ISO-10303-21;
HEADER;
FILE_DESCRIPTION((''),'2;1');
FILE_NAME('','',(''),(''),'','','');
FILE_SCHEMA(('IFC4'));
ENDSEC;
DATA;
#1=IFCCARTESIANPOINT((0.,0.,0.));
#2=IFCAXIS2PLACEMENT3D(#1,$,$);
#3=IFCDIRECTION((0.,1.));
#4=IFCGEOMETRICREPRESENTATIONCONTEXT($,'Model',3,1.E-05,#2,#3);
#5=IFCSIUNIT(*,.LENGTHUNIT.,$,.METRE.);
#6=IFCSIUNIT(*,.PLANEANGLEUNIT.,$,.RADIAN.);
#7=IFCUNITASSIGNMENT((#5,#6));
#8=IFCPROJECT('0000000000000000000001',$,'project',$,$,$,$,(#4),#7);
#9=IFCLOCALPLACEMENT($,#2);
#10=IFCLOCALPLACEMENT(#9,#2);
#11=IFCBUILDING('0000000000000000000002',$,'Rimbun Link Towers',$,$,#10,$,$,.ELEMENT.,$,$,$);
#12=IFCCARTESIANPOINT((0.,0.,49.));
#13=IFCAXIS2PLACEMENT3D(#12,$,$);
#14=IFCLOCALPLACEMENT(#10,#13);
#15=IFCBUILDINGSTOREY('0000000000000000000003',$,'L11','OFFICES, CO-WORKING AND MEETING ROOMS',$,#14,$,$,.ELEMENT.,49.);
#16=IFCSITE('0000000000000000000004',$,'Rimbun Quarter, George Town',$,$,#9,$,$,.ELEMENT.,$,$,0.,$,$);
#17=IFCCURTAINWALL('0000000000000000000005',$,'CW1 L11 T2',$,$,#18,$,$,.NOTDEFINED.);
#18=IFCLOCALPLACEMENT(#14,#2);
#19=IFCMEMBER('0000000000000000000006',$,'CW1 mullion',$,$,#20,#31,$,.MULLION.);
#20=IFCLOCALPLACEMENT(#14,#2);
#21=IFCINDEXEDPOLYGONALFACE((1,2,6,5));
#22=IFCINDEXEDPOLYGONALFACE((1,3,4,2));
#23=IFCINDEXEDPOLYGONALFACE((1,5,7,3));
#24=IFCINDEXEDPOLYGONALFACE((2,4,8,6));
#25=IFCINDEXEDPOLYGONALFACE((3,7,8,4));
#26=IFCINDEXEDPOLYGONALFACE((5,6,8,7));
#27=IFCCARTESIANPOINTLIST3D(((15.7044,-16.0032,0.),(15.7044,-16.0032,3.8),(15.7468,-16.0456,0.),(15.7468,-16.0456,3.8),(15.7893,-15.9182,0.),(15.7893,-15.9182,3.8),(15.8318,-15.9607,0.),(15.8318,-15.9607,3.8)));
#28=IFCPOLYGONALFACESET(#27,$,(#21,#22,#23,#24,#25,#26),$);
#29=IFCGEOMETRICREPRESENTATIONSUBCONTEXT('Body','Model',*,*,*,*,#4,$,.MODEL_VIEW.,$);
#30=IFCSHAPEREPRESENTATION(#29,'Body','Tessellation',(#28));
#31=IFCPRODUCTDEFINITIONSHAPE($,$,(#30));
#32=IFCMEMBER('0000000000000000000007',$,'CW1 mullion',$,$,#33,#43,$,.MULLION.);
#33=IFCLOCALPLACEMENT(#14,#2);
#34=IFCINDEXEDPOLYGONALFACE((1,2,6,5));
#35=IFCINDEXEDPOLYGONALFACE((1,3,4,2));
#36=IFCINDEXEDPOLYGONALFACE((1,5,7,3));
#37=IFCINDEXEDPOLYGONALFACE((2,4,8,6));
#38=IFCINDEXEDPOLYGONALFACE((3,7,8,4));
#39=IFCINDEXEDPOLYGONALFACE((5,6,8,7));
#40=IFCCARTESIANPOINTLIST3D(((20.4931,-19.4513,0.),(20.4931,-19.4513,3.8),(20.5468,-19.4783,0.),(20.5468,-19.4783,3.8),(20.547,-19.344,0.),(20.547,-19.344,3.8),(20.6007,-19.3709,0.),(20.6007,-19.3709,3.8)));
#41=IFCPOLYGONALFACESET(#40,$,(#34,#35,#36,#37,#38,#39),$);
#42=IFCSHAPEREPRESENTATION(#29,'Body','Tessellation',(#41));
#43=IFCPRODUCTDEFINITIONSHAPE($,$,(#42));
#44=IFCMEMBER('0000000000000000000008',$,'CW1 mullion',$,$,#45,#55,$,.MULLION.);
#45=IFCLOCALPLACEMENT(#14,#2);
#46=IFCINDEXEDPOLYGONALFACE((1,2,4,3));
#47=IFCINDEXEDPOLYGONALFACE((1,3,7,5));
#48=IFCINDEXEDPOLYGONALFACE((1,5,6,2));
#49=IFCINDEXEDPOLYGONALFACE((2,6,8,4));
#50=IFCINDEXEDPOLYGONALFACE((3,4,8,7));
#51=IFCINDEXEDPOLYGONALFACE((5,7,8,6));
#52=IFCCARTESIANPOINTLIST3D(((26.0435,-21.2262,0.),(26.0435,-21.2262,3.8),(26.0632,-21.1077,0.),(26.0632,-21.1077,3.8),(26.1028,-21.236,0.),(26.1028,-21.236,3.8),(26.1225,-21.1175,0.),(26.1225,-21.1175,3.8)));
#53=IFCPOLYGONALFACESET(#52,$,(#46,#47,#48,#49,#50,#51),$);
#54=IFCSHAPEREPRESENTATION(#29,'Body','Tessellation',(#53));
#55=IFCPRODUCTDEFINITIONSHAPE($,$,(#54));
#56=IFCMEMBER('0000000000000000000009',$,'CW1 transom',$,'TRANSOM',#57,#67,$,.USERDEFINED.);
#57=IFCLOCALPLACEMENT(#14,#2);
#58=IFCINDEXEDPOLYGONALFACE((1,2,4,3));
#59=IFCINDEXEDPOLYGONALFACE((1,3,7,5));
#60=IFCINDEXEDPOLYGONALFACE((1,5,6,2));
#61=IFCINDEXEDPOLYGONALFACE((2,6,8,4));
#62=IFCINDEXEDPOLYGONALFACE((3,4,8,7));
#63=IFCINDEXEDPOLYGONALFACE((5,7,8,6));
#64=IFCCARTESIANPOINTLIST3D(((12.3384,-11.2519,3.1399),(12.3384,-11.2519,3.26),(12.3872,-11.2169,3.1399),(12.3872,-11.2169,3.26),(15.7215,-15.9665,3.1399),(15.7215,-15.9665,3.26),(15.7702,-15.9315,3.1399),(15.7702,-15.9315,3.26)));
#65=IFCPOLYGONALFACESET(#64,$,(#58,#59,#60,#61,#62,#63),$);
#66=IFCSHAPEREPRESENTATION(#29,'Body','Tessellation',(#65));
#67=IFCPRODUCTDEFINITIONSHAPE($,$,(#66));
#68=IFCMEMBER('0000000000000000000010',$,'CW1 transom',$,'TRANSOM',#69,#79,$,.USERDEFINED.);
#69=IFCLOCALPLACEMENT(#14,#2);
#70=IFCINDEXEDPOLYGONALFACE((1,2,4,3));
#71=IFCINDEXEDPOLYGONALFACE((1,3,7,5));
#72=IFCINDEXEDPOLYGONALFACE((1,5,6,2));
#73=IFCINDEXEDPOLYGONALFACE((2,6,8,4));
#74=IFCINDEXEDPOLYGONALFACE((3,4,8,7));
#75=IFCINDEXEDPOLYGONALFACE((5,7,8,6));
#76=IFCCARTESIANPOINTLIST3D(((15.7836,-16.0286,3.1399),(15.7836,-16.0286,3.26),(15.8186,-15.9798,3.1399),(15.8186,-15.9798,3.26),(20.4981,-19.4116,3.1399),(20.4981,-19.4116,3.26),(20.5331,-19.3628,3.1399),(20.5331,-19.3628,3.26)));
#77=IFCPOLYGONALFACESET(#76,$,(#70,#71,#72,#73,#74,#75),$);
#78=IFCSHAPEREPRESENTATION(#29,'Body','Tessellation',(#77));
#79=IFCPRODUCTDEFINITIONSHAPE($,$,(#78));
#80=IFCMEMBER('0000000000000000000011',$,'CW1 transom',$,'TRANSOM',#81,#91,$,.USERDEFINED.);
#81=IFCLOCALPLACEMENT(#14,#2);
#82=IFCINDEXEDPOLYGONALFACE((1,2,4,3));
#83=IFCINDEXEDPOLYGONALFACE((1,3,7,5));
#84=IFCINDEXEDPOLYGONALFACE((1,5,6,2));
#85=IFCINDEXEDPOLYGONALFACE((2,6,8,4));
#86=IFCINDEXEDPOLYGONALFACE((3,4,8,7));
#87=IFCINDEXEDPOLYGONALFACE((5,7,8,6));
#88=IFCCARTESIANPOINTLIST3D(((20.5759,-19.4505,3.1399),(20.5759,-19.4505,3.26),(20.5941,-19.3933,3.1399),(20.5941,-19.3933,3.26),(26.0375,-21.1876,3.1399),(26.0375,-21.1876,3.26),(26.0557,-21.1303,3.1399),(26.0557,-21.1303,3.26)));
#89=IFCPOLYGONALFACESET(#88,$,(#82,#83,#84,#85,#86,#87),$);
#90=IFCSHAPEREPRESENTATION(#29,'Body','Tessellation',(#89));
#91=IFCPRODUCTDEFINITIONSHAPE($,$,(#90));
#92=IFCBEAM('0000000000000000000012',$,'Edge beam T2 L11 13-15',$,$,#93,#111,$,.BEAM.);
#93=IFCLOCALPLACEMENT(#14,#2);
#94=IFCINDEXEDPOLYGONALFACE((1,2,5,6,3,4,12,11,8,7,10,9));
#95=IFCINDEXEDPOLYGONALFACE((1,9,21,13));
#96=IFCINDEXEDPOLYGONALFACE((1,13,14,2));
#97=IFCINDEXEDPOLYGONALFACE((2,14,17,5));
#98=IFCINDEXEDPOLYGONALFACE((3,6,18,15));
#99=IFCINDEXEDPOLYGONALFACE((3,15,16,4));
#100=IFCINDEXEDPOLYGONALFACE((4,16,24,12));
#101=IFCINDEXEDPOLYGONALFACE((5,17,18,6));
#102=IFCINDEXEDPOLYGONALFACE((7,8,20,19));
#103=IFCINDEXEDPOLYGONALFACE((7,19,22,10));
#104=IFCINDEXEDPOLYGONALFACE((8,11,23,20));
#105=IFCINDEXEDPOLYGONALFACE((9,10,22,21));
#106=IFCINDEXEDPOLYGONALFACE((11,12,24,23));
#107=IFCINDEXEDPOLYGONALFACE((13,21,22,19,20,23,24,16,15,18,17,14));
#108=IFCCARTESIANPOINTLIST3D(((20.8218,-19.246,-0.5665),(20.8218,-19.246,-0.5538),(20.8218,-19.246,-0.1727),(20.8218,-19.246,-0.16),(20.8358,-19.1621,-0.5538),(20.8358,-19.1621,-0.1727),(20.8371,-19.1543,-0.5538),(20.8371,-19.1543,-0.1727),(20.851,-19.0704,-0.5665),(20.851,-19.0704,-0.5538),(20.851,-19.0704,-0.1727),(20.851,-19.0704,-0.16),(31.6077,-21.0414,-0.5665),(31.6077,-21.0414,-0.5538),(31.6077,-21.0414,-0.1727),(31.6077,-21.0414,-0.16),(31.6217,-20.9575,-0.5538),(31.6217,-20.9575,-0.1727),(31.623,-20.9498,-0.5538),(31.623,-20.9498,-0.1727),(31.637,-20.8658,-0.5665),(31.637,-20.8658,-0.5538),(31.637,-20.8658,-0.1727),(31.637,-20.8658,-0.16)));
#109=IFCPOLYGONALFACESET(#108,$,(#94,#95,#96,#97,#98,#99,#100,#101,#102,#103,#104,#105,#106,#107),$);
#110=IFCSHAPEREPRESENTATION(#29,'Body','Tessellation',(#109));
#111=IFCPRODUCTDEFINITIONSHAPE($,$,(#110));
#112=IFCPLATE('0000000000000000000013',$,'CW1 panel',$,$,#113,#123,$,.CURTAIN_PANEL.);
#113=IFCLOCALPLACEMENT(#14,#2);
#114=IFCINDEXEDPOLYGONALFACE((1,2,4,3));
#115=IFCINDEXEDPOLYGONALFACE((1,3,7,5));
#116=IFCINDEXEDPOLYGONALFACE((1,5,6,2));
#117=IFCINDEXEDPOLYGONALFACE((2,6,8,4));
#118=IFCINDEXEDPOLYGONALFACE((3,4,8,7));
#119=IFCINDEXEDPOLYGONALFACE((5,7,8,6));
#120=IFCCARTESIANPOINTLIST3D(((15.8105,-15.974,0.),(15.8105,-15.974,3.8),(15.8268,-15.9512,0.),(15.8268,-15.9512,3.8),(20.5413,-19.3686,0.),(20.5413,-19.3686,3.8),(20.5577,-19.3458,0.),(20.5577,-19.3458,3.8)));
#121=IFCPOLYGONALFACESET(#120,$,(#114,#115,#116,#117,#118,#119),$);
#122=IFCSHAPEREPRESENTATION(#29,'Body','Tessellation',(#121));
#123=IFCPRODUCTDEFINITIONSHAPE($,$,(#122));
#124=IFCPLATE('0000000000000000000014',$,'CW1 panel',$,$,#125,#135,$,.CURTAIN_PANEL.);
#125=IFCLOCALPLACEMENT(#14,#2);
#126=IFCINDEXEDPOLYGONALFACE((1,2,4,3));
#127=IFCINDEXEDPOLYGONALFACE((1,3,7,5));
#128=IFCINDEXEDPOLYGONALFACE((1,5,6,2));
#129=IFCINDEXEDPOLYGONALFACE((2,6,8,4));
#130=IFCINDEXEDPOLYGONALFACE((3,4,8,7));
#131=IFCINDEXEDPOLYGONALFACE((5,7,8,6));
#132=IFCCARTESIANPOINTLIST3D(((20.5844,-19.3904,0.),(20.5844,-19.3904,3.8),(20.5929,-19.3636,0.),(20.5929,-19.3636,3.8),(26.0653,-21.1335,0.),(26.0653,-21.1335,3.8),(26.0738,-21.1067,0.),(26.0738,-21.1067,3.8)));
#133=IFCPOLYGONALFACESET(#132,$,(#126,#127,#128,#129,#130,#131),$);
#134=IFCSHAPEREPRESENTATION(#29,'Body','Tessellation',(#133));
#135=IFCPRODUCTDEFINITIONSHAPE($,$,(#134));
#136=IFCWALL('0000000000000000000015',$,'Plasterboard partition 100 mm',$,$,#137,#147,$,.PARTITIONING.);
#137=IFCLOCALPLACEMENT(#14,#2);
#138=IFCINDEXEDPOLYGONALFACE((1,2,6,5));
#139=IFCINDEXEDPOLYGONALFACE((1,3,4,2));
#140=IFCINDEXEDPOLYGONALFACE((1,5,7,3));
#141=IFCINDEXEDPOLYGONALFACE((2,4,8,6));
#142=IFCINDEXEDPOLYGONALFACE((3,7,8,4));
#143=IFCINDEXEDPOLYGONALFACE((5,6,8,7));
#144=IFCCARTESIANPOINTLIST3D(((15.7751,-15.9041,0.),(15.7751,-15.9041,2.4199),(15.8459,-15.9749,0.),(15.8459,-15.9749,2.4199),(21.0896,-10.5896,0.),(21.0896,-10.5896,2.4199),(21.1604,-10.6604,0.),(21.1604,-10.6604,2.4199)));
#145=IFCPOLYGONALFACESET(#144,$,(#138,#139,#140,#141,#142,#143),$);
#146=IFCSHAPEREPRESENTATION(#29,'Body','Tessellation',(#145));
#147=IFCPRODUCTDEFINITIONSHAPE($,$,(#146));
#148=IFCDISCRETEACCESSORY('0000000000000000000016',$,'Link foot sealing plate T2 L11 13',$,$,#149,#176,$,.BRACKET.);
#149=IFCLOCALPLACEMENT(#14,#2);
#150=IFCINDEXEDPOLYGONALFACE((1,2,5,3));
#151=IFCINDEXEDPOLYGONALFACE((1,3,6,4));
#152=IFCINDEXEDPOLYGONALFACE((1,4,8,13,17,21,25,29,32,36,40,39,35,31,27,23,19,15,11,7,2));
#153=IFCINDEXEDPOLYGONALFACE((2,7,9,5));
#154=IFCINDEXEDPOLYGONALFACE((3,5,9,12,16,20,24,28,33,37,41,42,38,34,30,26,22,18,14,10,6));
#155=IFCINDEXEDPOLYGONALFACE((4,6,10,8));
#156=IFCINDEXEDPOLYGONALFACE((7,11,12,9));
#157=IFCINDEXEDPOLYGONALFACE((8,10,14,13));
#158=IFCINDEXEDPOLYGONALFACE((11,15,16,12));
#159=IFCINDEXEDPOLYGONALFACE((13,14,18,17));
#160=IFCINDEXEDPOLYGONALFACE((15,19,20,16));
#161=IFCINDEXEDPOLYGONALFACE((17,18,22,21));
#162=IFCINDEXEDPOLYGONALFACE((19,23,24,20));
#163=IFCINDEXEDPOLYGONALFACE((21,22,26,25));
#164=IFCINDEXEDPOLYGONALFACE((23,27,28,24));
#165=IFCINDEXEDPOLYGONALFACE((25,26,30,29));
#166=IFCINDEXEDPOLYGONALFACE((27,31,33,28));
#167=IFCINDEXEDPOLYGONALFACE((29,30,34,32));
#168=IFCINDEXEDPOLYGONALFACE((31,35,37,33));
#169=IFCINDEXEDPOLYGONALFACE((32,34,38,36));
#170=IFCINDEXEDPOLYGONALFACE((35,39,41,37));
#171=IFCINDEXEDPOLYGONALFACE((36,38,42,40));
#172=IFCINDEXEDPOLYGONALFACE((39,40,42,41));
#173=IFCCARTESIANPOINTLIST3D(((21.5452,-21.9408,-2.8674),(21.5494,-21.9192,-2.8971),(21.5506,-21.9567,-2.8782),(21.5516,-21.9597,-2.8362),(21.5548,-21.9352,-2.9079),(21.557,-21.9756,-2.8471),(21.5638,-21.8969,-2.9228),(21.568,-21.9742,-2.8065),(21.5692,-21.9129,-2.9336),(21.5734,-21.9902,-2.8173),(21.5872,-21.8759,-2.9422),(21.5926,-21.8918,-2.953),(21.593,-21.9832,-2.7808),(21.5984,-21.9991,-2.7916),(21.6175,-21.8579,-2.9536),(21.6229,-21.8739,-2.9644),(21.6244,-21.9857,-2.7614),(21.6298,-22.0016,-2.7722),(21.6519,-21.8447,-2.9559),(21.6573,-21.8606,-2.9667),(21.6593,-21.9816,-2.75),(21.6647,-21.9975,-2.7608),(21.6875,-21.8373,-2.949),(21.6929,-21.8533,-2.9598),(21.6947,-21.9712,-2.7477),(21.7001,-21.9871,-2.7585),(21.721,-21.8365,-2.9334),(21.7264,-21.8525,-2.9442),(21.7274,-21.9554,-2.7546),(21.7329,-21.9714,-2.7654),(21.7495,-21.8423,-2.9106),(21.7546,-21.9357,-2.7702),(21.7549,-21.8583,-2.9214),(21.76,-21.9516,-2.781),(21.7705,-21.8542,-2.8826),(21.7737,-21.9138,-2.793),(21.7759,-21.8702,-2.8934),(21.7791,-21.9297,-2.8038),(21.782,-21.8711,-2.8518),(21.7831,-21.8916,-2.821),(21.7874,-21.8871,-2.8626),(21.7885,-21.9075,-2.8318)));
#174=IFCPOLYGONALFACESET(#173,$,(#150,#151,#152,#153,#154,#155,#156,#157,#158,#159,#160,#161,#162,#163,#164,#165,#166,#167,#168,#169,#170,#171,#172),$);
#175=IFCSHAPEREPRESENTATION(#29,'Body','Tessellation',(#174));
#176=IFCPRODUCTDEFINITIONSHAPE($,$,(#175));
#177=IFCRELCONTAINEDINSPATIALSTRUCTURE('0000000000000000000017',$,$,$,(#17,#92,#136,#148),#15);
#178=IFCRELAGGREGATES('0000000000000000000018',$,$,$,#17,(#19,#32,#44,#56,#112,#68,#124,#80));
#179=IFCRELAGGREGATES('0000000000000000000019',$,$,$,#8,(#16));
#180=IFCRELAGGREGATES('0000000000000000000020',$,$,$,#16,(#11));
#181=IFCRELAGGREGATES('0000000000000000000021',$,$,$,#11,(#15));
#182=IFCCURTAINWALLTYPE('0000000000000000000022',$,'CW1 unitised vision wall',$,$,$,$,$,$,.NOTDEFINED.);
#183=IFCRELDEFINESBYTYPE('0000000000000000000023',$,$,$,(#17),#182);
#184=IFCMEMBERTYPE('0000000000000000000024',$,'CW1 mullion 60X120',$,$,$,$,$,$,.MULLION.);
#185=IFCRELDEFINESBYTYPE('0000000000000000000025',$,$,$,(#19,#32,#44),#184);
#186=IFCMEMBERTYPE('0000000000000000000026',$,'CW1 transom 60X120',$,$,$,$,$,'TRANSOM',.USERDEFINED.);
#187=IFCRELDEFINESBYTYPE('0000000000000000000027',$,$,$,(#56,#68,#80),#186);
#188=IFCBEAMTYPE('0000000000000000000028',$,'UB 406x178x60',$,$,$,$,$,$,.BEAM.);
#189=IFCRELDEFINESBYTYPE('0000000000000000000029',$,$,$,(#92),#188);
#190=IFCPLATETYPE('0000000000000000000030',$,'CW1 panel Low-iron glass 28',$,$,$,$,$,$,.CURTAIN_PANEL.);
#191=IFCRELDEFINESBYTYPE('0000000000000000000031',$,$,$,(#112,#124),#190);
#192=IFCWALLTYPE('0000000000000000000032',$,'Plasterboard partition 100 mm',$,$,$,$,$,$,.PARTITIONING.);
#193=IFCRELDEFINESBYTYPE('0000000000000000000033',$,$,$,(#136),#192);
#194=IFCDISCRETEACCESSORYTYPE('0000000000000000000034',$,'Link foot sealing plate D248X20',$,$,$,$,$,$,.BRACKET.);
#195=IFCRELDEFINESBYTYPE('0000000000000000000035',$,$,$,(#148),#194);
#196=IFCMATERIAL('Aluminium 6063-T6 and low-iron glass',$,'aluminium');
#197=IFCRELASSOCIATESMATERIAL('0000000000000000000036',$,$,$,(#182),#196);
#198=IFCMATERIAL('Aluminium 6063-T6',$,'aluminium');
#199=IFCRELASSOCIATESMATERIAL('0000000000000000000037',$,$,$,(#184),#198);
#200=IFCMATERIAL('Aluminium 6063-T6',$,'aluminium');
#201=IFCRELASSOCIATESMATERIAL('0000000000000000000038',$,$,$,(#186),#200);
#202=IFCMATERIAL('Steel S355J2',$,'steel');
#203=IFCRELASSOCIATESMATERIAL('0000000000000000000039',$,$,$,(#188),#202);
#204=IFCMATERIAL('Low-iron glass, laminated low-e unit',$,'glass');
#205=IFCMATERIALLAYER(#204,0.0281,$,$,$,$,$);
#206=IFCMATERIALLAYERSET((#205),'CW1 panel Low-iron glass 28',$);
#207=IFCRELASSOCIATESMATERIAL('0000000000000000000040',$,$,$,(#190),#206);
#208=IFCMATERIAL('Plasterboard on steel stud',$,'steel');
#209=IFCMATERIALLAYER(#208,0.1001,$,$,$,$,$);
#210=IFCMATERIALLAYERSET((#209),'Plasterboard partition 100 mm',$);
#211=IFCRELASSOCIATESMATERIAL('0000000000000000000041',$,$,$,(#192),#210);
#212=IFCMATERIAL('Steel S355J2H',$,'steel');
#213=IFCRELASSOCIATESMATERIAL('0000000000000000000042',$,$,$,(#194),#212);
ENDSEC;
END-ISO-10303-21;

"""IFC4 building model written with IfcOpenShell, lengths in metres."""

from ifc_helpers import new_model, si_unit, direction, frame, frame_2d, origin, origin_2d, place, context, subcontext, project, spatial, rectangle, circle, i_section, extrude, material, layer, layer_set, material_profile, profile_set, type_object, element, aggregate, save


model = new_model("IFC4")

# Units and contexts
model_context = context("Model", 3, precision=1e-05, world=origin(), true_north=direction((0.0, 1.0)))
body_context = subcontext(model_context, "Body", "Model", "MODEL_VIEW")
ifc_project = project(units=[si_unit("LENGTHUNIT", "METRE"), si_unit("PLANEANGLEUNIT", "RADIAN")], contexts=[model_context])

# Site, building, storey
site_placement = place(None, origin())
site = spatial("IfcSite", under=ifc_project, at=site_placement, Name="Rimbun Quarter, George Town", CompositionType="ELEMENT", RefElevation=0.0)
building_placement = place(site_placement, origin())
building = spatial("IfcBuilding", under=site, at=building_placement, Name="Rimbun Link Towers", CompositionType="ELEMENT")
storey_placement = place(building_placement, frame((0.0, 0.0, 49.0)))
storey = spatial("IfcBuildingStorey", under=building, at=storey_placement, Name="L11", Description="OFFICES, CO-WORKING AND MEETING ROOMS", CompositionType="ELEMENT", Elevation=49.0)

# Curtain wall, members
ifc_material_1 = material(Name="Aluminium 6063-T6 and low-iron glass", Category="aluminium")
curtain_wall_type = type_object("IfcCurtainWallType", Name="CW1 unitised vision wall", PredefinedType="NOTDEFINED", material=ifc_material_1)
curtain_wall_placement = place(storey_placement, origin())
curtain_wall = element("IfcCurtainWall", 1, at=curtain_wall_placement, inside=storey, type_object=curtain_wall_type, Name="CW1 L11 T2", PredefinedType="NOTDEFINED")
ifc_material_2 = material(Name="Aluminium 6063-T6", Category="aluminium")
ifc_material_profile_1 = material_profile(ifc_material_2, rectangle(XDim=0.1201, YDim=0.0601, at=origin_2d()), Name="MULLION 60X120")
ifc_profile_set_1 = profile_set([ifc_material_profile_1], Name="Aluminium 6063-T6")
member_type_1 = type_object("IfcMemberType", Name="CW1 mullion 60X120", PredefinedType="MULLION", material=ifc_profile_set_1)
member_1_placement = place(storey_placement, frame((15.7681, -15.9819, 0.0), z_axis=(0.0, 0.0, 1.0), x_axis=(-0.707107, -0.707107, 0.0)))
member_1 = element("IfcMember", 2, at=member_1_placement, type_object=member_type_1, Name="CW1 mullion", PredefinedType="MULLION", context=body_context, shape_type="SweptSolid", body=[
    extrude(rectangle(XDim=0.1201, YDim=0.0601, at=origin_2d()), origin(), (0.0, 0.0, 1.0), 3.8),
])
member_2_placement = place(storey_placement, frame((20.5469, -19.4111, 0.0), z_axis=(0.0, 0.0, 1.0), x_axis=(-0.448568, -0.893749, 0.0)))
member_2 = element("IfcMember", 3, at=member_2_placement, type_object=member_type_1, Name="CW1 mullion", PredefinedType="MULLION", context=body_context, shape_type="SweptSolid", body=[
    extrude(rectangle(XDim=0.1201, YDim=0.0601, at=origin_2d()), origin(), (0.0, 0.0, 1.0), 3.8),
])
member_3_placement = place(storey_placement, frame((26.083, -21.1719, 0.0), z_axis=(0.0, 0.0, 1.0), x_axis=(-0.16375, -0.986502, 0.0)))
member_3 = element("IfcMember", 4, at=member_3_placement, type_object=member_type_1, Name="CW1 mullion", PredefinedType="MULLION", context=body_context, shape_type="SweptSolid", body=[
    extrude(rectangle(XDim=0.1201, YDim=0.0601, at=origin_2d()), origin(), (0.0, 0.0, 1.0), 3.8),
])
ifc_material_3 = material(Name="Aluminium 6063-T6", Category="aluminium")
ifc_material_profile_2 = material_profile(ifc_material_3, rectangle(XDim=0.0601, YDim=0.1201, at=origin_2d()), Name="TRANSOM 60X120")
ifc_profile_set_2 = profile_set([ifc_material_profile_2], Name="Aluminium 6063-T6")
member_type_2 = type_object("IfcMemberType", Name="CW1 transom 60X120", ElementType="TRANSOM", PredefinedType="USERDEFINED", material=ifc_profile_set_2)
member_4_placement = place(storey_placement, frame((15.7458, -15.949, 3.2), z_axis=(-0.583004, 0.812469, 0.0), x_axis=(-0.812469, -0.583004, 0.0)))
member_4 = element("IfcMember", 5, at=member_4_placement, type_object=member_type_2, Name="CW1 transom", ObjectType="TRANSOM", PredefinedType="USERDEFINED", context=body_context, shape_type="SweptSolid", body=[
    extrude(rectangle(XDim=0.0601, YDim=0.1201, at=origin_2d()), origin(), (0.0, 0.0, 1.0), 5.8027),
])
member_5_placement = place(storey_placement, frame((20.5156, -19.3872, 3.2), z_axis=(-0.812469, 0.583004, 0.0), x_axis=(-0.583004, -0.812469, 0.0)))
member_5 = element("IfcMember", 6, at=member_5_placement, type_object=member_type_2, Name="CW1 transom", ObjectType="TRANSOM", PredefinedType="USERDEFINED", context=body_context, shape_type="SweptSolid", body=[
    extrude(rectangle(XDim=0.0601, YDim=0.1201, at=origin_2d()), origin(), (0.0, 0.0, 1.0), 5.8027),
])
member_6_placement = place(storey_placement, frame((26.0466, -21.1589, 3.2), z_axis=(-0.952963, 0.303086, 0.0), x_axis=(-0.303086, -0.952963, 0.0)))
member_6 = element("IfcMember", 7, at=member_6_placement, type_object=member_type_2, Name="CW1 transom", ObjectType="TRANSOM", PredefinedType="USERDEFINED", context=body_context, shape_type="SweptSolid", body=[
    extrude(rectangle(XDim=0.0601, YDim=0.1201, at=origin_2d()), origin(), (0.0, 0.0, 1.0), 5.7312),
])

# Beam
ifc_material_4 = material(Name="Steel S355J2", Category="steel")
ifc_material_profile_3 = material_profile(ifc_material_4, i_section(OverallWidth=0.178, OverallDepth=0.4065, WebThickness=0.0078, FlangeThickness=0.0127, at=origin_2d()), Name="UB 406x178x60")
ifc_profile_set_3 = profile_set([ifc_material_profile_3], Name="Steel S355J2")
beam_type = type_object("IfcBeamType", Name="UB 406x178x60", PredefinedType="BEAM", material=ifc_profile_set_3)
beam_placement = place(storey_placement, frame((20.8364, -19.1582, -0.3633), z_axis=(0.986427, -0.1642, 0.0), x_axis=(0.1642, 0.986427, 0.0)))
element("IfcBeam", 8, at=beam_placement, inside=storey, type_object=beam_type, Name="Edge beam T2 L11 13-15", PredefinedType="BEAM", context=body_context, shape_type="SweptSolid", body=[
    extrude(i_section(OverallWidth=0.178, OverallDepth=0.4065, WebThickness=0.0078, FlangeThickness=0.0127, at=origin_2d()), origin(), (0.0, 0.0, 1.0), 10.9343),
])

# Plates
ifc_material_5 = material(Name="Low-iron glass, laminated low-e unit", Category="glass")
ifc_layer_1 = layer(ifc_material_5, 0.0281)
ifc_layer_set_1 = layer_set([ifc_layer_1], Name="CW1 panel Low-iron glass 28")
plate_type = type_object("IfcPlateType", Name="CW1 panel Low-iron glass 28", PredefinedType="CURTAIN_PANEL", material=ifc_layer_set_1)
plate_1_placement = place(storey_placement, frame((18.1841, -17.6599, 0.0), z_axis=(0.0, 0.0, 1.0), x_axis=(-0.812475, 0.582996, 0.0)))
plate_1 = element("IfcPlate", 9, at=plate_1_placement, type_object=plate_type, Name="CW1 panel", PredefinedType="CURTAIN_PANEL", context=body_context, shape_type="SweptSolid", body=[
    extrude(rectangle(XDim=5.8228, YDim=0.0281, at=origin_2d()), origin(), (0.0, 0.0, 1.0), 3.8),
])
plate_2_placement = place(storey_placement, frame((23.3291, -20.2485, 0.0), z_axis=(0.0, 0.0, 1.0), x_axis=(-0.952968, 0.303071, 0.0)))
plate_2 = element("IfcPlate", 10, at=plate_2_placement, type_object=plate_type, Name="CW1 panel", PredefinedType="CURTAIN_PANEL", context=body_context, shape_type="SweptSolid", body=[
    extrude(rectangle(XDim=5.7515, YDim=0.0281, at=origin_2d()), origin(), (0.0, 0.0, 1.0), 3.8),
])
aggregate(curtain_wall, [member_1, member_2, member_3, member_4, plate_1, member_5, plate_2, member_6])

# Wall
ifc_material_6 = material(Name="Plasterboard on steel stud", Category="steel")
ifc_layer_2 = layer(ifc_material_6, 0.1001)
ifc_layer_set_2 = layer_set([ifc_layer_2], Name="Plasterboard partition 100 mm")
wall_type = type_object("IfcWallType", Name="Plasterboard partition 100 mm", PredefinedType="PARTITIONING", material=ifc_layer_set_2)
wall_placement = place(storey_placement, frame((15.8105, -15.9395, 0.0), z_axis=(0.0, 0.0, 1.0), x_axis=(0.707107, 0.707107, 0.0)))
element("IfcWall", 11, at=wall_placement, inside=storey, type_object=wall_type, Name="Plasterboard partition 100 mm", PredefinedType="PARTITIONING", context=body_context, shape_type="SweptSolid", body=[
    extrude(rectangle(XDim=7.5159, YDim=0.1001, at=frame_2d((3.7578, 0.0))), origin(), (0.0, 0.0, 1.0), 2.4199),
])

# Discrete accessory
ifc_material_7 = material(Name="Steel S355J2H", Category="steel")
ifc_material_profile_4 = material_profile(ifc_material_7, circle(Radius=0.124, at=origin_2d()), Name="PL D248")
ifc_profile_set_4 = profile_set([ifc_material_profile_4], Name="Steel S355J2H")
discrete_accessory_type = type_object("IfcDiscreteAccessoryType", Name="Link foot sealing plate D248X20", PredefinedType="BRACKET", material=ifc_profile_set_4)
discrete_accessory_placement = place(storey_placement, frame((21.6646, -21.9109, -2.8518), z_axis=(0.269883, -0.797381, -0.539766), x_axis=(0.947216, 0.320596, 0.0)))
element("IfcDiscreteAccessory", 12, at=discrete_accessory_placement, inside=storey, type_object=discrete_accessory_type, Name="Link foot sealing plate T2 L11 13", PredefinedType="BRACKET", context=body_context, shape_type="SweptSolid", body=[
    extrude(circle(Radius=0.124, at=origin_2d()), origin(), (0.0, 0.0, 1.0), 0.02),
])

save(model, "model.ifc")
